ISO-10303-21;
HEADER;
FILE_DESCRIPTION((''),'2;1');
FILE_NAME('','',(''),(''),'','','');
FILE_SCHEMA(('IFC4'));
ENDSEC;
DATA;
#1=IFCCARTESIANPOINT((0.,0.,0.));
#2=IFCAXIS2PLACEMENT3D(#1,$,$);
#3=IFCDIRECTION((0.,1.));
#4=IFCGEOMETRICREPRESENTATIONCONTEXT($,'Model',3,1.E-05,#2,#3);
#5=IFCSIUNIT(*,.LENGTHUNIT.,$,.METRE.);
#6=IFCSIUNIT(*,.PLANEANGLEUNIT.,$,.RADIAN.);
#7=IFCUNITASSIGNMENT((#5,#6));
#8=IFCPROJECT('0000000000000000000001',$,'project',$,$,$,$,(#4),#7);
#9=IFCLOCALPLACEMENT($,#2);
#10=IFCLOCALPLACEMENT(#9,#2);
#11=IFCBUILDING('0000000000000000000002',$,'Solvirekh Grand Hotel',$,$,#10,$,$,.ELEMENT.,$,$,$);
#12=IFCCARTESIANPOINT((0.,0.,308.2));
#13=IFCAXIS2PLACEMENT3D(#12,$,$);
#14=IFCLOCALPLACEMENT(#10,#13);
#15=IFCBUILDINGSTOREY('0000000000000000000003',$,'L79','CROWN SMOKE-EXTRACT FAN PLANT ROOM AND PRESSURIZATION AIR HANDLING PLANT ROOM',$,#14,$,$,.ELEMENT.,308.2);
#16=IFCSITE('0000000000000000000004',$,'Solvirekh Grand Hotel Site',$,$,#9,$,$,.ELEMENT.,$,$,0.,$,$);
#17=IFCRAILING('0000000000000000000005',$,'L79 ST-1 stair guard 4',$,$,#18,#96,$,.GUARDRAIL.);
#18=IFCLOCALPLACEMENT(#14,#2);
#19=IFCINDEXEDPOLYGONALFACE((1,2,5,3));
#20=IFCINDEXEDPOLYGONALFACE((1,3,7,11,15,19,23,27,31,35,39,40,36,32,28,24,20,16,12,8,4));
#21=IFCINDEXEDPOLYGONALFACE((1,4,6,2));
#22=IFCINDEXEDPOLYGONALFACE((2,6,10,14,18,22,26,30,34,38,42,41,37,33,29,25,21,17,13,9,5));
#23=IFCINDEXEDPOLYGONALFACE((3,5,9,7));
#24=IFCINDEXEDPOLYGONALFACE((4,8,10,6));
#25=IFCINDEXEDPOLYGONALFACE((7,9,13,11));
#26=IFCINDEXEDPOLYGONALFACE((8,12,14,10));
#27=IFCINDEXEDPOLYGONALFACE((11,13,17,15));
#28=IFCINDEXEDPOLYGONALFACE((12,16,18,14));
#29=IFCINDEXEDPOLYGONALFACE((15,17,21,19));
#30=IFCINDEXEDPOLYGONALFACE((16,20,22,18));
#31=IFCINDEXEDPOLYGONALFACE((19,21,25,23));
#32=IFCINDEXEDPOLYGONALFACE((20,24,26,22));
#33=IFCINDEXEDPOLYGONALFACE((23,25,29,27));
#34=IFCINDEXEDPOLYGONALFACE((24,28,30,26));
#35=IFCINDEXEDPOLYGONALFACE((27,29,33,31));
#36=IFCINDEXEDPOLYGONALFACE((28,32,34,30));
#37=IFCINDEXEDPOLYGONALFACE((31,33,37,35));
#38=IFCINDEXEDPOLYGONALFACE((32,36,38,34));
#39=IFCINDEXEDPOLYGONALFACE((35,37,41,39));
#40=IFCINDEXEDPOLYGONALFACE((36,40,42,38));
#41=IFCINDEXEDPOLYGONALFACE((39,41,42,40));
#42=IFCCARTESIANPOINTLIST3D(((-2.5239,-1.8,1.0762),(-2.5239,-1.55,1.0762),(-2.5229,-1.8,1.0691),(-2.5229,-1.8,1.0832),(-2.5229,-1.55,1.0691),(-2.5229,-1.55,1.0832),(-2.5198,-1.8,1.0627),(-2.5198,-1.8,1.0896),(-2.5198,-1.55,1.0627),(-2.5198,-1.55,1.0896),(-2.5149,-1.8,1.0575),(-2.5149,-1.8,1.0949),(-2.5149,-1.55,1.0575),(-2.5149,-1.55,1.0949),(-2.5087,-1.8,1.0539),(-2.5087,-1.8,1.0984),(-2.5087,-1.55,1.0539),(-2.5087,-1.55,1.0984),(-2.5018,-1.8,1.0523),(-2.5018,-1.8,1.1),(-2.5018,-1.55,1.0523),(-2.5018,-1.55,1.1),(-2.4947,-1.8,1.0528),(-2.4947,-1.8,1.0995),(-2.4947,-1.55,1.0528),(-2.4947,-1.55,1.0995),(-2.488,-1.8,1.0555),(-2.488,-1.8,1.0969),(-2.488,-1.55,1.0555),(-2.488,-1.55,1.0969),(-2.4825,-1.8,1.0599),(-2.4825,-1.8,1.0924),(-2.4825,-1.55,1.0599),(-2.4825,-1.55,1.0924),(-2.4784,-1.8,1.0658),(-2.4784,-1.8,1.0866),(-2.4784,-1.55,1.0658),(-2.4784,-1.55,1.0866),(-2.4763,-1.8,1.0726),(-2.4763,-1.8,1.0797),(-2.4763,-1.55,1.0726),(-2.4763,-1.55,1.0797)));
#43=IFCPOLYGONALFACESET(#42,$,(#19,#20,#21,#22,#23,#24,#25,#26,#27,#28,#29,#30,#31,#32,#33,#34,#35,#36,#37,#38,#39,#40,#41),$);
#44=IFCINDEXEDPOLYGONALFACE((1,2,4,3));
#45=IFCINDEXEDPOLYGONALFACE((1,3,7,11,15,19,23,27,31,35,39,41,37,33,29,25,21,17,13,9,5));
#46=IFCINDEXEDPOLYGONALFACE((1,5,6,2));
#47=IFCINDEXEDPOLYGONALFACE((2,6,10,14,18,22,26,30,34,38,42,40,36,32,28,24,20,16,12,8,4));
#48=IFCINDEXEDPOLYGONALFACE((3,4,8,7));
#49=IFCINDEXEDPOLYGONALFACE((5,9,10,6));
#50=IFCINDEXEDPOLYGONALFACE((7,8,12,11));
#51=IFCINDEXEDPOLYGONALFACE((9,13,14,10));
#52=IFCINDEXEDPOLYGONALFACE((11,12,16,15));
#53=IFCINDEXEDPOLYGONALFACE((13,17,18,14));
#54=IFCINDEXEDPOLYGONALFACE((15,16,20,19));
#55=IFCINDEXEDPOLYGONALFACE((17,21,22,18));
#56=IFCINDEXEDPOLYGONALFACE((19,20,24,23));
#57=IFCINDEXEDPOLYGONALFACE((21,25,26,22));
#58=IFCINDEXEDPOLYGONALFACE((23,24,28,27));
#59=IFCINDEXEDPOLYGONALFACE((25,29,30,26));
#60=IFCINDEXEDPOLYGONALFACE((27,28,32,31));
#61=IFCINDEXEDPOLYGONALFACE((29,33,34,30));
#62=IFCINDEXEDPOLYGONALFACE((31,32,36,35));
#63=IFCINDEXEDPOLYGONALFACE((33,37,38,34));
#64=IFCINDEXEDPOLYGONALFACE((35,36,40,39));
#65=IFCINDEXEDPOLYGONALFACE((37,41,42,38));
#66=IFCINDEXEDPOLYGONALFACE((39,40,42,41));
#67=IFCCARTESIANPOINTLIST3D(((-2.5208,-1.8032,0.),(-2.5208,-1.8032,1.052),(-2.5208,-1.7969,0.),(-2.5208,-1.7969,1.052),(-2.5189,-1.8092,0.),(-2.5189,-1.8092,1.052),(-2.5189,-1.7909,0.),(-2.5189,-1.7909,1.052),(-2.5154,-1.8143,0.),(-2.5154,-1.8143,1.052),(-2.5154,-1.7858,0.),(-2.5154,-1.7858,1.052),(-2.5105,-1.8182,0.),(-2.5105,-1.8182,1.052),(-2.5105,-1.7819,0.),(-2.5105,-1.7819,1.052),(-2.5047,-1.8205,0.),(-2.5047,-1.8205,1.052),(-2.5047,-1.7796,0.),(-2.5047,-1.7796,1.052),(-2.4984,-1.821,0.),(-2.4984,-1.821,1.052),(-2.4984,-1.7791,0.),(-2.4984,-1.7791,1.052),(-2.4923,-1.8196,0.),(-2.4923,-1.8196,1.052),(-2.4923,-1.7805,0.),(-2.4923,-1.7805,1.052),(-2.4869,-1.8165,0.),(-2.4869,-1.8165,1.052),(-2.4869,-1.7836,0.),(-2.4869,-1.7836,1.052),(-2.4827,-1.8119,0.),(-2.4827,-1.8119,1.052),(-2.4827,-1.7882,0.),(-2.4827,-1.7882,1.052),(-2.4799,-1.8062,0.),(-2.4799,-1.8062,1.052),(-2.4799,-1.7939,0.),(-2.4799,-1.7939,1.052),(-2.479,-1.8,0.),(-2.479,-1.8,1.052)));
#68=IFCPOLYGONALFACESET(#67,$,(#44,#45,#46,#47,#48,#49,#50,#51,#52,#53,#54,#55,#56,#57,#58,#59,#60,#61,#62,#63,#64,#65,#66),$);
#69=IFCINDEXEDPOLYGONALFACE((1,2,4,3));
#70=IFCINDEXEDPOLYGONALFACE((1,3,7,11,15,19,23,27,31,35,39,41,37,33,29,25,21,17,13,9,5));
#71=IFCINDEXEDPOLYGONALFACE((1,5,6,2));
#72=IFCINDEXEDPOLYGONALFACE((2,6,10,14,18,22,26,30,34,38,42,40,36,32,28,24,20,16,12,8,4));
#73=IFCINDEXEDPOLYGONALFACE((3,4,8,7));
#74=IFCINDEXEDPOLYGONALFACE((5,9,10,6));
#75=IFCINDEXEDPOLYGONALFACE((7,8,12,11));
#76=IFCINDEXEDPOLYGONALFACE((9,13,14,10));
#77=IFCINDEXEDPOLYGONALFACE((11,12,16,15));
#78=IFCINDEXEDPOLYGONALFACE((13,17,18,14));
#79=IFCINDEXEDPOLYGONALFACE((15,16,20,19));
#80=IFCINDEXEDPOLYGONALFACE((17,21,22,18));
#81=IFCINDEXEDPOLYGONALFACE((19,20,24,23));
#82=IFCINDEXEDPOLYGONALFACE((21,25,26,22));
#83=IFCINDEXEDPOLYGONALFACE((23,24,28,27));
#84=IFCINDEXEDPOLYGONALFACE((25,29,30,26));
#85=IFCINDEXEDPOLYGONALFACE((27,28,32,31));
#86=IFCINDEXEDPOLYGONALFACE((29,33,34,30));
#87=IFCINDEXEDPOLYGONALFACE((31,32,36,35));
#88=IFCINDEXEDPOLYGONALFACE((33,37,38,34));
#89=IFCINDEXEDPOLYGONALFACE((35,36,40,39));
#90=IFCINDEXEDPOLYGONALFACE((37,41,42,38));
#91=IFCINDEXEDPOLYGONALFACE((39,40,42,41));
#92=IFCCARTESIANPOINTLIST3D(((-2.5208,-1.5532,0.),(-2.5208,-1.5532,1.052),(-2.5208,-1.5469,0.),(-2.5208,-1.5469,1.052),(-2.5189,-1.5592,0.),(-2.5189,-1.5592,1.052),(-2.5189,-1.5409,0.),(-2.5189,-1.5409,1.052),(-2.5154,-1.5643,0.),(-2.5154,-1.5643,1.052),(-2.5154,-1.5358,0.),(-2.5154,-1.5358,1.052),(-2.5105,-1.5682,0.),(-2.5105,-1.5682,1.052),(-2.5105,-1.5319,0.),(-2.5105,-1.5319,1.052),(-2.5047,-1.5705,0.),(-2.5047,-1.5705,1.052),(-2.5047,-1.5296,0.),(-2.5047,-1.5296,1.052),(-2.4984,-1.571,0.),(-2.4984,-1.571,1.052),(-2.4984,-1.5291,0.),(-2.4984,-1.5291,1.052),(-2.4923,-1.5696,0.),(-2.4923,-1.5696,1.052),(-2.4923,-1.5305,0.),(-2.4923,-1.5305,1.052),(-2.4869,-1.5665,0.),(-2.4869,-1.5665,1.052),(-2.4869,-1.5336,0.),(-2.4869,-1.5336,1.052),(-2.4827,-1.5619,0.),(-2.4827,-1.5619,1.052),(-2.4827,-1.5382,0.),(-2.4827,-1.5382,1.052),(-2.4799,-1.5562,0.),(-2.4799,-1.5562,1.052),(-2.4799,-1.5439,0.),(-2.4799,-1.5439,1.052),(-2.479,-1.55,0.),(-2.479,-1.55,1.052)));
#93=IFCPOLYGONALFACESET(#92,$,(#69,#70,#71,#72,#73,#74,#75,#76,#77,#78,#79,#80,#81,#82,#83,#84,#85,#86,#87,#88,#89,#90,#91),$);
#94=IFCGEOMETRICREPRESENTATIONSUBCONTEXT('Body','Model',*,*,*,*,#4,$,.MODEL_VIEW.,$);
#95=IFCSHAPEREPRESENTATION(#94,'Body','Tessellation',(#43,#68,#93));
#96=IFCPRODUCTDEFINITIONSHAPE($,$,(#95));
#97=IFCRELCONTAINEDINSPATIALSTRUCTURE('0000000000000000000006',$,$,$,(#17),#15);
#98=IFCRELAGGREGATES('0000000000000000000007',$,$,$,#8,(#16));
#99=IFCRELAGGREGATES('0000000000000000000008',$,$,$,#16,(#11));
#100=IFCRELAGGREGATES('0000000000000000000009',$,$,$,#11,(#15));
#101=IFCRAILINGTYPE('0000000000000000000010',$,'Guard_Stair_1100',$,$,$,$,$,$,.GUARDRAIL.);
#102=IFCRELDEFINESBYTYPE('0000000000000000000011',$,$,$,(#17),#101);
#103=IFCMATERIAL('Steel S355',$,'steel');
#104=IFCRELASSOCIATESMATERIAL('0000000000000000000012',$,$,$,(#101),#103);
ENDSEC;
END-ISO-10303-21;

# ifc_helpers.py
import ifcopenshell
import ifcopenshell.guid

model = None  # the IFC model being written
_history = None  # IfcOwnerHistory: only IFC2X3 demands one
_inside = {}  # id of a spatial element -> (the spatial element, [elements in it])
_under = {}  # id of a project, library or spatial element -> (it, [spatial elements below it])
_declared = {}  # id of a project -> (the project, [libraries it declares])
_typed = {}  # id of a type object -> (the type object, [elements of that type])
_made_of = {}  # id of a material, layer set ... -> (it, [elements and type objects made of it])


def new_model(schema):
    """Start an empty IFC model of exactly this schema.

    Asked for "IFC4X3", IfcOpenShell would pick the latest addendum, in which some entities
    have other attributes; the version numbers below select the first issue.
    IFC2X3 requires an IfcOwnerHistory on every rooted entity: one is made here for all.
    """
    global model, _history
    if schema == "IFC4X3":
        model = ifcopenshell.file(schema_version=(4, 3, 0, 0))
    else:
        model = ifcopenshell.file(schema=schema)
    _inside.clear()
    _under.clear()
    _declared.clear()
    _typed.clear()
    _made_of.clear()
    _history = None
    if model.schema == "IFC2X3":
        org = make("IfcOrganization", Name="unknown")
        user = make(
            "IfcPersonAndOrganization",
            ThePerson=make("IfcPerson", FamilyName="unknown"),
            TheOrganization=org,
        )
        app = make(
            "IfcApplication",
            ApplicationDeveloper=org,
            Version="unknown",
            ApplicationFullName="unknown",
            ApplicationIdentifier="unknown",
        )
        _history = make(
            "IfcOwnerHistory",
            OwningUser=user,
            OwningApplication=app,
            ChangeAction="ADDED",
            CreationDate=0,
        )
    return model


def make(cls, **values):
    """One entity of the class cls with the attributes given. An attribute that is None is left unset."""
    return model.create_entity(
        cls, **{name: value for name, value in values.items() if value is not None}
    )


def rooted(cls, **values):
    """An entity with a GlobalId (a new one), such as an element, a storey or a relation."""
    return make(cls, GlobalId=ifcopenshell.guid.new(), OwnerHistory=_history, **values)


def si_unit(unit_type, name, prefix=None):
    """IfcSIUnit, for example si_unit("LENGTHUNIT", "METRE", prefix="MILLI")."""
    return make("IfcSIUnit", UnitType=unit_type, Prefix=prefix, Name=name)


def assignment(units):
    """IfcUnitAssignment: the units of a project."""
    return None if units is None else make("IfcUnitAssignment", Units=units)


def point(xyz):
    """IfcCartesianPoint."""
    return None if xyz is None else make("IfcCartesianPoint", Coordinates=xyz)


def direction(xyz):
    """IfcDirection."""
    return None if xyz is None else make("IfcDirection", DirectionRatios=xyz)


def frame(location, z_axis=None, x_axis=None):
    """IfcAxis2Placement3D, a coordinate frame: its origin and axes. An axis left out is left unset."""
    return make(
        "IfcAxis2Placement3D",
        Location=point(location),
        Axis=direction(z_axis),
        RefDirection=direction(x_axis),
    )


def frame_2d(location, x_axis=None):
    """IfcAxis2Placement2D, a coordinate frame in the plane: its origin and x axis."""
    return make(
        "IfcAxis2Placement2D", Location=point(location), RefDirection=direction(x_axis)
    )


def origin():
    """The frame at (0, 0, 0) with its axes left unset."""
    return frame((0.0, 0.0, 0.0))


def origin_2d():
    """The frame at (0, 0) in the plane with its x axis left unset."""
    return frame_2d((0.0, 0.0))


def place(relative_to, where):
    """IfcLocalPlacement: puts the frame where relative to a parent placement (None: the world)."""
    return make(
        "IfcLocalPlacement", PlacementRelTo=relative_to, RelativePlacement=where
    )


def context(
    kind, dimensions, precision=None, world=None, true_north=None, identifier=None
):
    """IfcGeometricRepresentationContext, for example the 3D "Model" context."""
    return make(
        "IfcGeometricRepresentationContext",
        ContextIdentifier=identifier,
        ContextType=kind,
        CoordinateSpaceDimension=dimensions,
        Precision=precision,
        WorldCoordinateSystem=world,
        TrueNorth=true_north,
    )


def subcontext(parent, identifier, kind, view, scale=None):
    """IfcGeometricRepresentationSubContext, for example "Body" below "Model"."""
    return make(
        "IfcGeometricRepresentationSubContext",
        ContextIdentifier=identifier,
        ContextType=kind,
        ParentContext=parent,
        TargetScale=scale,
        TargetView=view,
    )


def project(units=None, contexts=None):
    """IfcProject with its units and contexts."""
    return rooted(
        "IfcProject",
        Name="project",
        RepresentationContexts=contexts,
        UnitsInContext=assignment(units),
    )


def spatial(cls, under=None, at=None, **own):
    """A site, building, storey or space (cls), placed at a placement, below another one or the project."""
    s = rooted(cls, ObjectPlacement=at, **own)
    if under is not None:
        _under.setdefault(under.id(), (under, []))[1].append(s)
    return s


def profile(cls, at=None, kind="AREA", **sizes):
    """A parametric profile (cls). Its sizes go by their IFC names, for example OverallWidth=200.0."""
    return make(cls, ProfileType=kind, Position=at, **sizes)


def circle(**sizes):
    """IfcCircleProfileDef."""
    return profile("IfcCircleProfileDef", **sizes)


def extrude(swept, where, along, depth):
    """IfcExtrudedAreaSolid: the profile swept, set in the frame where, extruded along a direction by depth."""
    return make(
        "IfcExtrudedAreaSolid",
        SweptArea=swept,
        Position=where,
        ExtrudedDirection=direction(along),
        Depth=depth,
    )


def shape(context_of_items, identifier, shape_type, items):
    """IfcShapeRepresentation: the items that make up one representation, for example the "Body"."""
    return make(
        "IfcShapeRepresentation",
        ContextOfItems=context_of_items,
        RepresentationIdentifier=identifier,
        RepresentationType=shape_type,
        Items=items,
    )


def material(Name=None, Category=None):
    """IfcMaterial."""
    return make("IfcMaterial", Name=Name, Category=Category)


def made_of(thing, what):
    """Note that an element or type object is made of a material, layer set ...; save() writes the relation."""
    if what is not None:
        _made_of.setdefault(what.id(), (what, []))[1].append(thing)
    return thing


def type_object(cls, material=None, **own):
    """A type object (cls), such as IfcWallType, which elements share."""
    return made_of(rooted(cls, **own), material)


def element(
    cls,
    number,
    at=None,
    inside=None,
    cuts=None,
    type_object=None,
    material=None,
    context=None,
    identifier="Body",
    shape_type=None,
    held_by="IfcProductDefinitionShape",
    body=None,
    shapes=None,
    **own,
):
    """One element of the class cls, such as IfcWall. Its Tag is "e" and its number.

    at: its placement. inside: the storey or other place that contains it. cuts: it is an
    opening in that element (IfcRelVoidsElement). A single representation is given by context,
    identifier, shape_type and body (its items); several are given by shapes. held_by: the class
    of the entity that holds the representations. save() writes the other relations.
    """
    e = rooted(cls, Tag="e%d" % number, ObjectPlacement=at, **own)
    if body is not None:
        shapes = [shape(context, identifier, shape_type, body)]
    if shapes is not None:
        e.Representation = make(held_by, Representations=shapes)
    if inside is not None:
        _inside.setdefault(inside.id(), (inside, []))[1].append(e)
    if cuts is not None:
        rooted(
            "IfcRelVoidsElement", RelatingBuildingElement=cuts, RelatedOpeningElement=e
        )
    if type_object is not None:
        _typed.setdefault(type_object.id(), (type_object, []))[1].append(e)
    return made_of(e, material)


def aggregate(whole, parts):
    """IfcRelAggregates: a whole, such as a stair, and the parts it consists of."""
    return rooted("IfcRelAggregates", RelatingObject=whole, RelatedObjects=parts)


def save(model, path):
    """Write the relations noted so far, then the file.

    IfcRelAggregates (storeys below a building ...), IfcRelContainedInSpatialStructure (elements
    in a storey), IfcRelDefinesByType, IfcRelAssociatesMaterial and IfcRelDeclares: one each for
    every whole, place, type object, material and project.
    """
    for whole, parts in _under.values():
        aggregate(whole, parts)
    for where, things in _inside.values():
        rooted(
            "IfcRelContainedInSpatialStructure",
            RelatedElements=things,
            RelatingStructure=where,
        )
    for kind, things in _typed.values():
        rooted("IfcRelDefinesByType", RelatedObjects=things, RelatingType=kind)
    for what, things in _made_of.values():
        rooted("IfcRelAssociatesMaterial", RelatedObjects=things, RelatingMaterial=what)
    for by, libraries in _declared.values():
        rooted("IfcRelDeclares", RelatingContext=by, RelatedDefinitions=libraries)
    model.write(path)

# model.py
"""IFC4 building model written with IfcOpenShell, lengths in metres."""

from ifc_helpers import new_model, si_unit, direction, frame, origin, origin_2d, place, context, subcontext, project, spatial, circle, extrude, material, type_object, element, save


model = new_model("IFC4")

# Units and contexts
model_context = context("Model", 3, precision=1e-05, world=origin(), true_north=direction((0.0, 1.0)))
body_context = subcontext(model_context, "Body", "Model", "MODEL_VIEW")
ifc_project = project(units=[si_unit("LENGTHUNIT", "METRE"), si_unit("PLANEANGLEUNIT", "RADIAN")], contexts=[model_context])

# Site, building, storey
site_placement = place(None, origin())
site = spatial("IfcSite", under=ifc_project, at=site_placement, Name="Solvirekh Grand Hotel Site", CompositionType="ELEMENT", RefElevation=0.0)
building_placement = place(site_placement, origin())
building = spatial("IfcBuilding", under=site, at=building_placement, Name="Solvirekh Grand Hotel", CompositionType="ELEMENT")
storey_placement = place(building_placement, frame((0.0, 0.0, 308.2)))
storey = spatial("IfcBuildingStorey", under=building, at=storey_placement, Name="L79", Description="CROWN SMOKE-EXTRACT FAN PLANT ROOM AND PRESSURIZATION AIR HANDLING PLANT ROOM", CompositionType="ELEMENT", Elevation=308.2)

# Shared definitions
ifc_material_1 = material(Name="Steel S355", Category="steel")

# Railing
railing_type_1 = type_object("IfcRailingType", Name="Guard_Stair_1100", PredefinedType="GUARDRAIL", material=ifc_material_1)
railing_1_placement = place(storey_placement, frame((-2.5, -1.8, 0.0)))
element("IfcRailing", 1, at=railing_1_placement, inside=storey, type_object=railing_type_1, Name="L79 ST-1 stair guard 4", PredefinedType="GUARDRAIL", context=body_context, shape_type="SweptSolid", body=[
    extrude(circle(Radius=0.0239, at=origin_2d()), frame((0.0, 0.0, 1.0762), z_axis=(0.0, 1.0, 0.0), x_axis=(-1.0, 0.0, 0.0)), (0.0, 0.0, 1.0), 0.25),
    extrude(circle(Radius=0.021, at=origin_2d()), origin(), (0.0, 0.0, 1.0), 1.052),
    extrude(circle(Radius=0.021, at=origin_2d()), frame((0.0, 0.25, 0.0)), (0.0, 0.0, 1.0), 1.052),
])

save(model, "model.ifc")
